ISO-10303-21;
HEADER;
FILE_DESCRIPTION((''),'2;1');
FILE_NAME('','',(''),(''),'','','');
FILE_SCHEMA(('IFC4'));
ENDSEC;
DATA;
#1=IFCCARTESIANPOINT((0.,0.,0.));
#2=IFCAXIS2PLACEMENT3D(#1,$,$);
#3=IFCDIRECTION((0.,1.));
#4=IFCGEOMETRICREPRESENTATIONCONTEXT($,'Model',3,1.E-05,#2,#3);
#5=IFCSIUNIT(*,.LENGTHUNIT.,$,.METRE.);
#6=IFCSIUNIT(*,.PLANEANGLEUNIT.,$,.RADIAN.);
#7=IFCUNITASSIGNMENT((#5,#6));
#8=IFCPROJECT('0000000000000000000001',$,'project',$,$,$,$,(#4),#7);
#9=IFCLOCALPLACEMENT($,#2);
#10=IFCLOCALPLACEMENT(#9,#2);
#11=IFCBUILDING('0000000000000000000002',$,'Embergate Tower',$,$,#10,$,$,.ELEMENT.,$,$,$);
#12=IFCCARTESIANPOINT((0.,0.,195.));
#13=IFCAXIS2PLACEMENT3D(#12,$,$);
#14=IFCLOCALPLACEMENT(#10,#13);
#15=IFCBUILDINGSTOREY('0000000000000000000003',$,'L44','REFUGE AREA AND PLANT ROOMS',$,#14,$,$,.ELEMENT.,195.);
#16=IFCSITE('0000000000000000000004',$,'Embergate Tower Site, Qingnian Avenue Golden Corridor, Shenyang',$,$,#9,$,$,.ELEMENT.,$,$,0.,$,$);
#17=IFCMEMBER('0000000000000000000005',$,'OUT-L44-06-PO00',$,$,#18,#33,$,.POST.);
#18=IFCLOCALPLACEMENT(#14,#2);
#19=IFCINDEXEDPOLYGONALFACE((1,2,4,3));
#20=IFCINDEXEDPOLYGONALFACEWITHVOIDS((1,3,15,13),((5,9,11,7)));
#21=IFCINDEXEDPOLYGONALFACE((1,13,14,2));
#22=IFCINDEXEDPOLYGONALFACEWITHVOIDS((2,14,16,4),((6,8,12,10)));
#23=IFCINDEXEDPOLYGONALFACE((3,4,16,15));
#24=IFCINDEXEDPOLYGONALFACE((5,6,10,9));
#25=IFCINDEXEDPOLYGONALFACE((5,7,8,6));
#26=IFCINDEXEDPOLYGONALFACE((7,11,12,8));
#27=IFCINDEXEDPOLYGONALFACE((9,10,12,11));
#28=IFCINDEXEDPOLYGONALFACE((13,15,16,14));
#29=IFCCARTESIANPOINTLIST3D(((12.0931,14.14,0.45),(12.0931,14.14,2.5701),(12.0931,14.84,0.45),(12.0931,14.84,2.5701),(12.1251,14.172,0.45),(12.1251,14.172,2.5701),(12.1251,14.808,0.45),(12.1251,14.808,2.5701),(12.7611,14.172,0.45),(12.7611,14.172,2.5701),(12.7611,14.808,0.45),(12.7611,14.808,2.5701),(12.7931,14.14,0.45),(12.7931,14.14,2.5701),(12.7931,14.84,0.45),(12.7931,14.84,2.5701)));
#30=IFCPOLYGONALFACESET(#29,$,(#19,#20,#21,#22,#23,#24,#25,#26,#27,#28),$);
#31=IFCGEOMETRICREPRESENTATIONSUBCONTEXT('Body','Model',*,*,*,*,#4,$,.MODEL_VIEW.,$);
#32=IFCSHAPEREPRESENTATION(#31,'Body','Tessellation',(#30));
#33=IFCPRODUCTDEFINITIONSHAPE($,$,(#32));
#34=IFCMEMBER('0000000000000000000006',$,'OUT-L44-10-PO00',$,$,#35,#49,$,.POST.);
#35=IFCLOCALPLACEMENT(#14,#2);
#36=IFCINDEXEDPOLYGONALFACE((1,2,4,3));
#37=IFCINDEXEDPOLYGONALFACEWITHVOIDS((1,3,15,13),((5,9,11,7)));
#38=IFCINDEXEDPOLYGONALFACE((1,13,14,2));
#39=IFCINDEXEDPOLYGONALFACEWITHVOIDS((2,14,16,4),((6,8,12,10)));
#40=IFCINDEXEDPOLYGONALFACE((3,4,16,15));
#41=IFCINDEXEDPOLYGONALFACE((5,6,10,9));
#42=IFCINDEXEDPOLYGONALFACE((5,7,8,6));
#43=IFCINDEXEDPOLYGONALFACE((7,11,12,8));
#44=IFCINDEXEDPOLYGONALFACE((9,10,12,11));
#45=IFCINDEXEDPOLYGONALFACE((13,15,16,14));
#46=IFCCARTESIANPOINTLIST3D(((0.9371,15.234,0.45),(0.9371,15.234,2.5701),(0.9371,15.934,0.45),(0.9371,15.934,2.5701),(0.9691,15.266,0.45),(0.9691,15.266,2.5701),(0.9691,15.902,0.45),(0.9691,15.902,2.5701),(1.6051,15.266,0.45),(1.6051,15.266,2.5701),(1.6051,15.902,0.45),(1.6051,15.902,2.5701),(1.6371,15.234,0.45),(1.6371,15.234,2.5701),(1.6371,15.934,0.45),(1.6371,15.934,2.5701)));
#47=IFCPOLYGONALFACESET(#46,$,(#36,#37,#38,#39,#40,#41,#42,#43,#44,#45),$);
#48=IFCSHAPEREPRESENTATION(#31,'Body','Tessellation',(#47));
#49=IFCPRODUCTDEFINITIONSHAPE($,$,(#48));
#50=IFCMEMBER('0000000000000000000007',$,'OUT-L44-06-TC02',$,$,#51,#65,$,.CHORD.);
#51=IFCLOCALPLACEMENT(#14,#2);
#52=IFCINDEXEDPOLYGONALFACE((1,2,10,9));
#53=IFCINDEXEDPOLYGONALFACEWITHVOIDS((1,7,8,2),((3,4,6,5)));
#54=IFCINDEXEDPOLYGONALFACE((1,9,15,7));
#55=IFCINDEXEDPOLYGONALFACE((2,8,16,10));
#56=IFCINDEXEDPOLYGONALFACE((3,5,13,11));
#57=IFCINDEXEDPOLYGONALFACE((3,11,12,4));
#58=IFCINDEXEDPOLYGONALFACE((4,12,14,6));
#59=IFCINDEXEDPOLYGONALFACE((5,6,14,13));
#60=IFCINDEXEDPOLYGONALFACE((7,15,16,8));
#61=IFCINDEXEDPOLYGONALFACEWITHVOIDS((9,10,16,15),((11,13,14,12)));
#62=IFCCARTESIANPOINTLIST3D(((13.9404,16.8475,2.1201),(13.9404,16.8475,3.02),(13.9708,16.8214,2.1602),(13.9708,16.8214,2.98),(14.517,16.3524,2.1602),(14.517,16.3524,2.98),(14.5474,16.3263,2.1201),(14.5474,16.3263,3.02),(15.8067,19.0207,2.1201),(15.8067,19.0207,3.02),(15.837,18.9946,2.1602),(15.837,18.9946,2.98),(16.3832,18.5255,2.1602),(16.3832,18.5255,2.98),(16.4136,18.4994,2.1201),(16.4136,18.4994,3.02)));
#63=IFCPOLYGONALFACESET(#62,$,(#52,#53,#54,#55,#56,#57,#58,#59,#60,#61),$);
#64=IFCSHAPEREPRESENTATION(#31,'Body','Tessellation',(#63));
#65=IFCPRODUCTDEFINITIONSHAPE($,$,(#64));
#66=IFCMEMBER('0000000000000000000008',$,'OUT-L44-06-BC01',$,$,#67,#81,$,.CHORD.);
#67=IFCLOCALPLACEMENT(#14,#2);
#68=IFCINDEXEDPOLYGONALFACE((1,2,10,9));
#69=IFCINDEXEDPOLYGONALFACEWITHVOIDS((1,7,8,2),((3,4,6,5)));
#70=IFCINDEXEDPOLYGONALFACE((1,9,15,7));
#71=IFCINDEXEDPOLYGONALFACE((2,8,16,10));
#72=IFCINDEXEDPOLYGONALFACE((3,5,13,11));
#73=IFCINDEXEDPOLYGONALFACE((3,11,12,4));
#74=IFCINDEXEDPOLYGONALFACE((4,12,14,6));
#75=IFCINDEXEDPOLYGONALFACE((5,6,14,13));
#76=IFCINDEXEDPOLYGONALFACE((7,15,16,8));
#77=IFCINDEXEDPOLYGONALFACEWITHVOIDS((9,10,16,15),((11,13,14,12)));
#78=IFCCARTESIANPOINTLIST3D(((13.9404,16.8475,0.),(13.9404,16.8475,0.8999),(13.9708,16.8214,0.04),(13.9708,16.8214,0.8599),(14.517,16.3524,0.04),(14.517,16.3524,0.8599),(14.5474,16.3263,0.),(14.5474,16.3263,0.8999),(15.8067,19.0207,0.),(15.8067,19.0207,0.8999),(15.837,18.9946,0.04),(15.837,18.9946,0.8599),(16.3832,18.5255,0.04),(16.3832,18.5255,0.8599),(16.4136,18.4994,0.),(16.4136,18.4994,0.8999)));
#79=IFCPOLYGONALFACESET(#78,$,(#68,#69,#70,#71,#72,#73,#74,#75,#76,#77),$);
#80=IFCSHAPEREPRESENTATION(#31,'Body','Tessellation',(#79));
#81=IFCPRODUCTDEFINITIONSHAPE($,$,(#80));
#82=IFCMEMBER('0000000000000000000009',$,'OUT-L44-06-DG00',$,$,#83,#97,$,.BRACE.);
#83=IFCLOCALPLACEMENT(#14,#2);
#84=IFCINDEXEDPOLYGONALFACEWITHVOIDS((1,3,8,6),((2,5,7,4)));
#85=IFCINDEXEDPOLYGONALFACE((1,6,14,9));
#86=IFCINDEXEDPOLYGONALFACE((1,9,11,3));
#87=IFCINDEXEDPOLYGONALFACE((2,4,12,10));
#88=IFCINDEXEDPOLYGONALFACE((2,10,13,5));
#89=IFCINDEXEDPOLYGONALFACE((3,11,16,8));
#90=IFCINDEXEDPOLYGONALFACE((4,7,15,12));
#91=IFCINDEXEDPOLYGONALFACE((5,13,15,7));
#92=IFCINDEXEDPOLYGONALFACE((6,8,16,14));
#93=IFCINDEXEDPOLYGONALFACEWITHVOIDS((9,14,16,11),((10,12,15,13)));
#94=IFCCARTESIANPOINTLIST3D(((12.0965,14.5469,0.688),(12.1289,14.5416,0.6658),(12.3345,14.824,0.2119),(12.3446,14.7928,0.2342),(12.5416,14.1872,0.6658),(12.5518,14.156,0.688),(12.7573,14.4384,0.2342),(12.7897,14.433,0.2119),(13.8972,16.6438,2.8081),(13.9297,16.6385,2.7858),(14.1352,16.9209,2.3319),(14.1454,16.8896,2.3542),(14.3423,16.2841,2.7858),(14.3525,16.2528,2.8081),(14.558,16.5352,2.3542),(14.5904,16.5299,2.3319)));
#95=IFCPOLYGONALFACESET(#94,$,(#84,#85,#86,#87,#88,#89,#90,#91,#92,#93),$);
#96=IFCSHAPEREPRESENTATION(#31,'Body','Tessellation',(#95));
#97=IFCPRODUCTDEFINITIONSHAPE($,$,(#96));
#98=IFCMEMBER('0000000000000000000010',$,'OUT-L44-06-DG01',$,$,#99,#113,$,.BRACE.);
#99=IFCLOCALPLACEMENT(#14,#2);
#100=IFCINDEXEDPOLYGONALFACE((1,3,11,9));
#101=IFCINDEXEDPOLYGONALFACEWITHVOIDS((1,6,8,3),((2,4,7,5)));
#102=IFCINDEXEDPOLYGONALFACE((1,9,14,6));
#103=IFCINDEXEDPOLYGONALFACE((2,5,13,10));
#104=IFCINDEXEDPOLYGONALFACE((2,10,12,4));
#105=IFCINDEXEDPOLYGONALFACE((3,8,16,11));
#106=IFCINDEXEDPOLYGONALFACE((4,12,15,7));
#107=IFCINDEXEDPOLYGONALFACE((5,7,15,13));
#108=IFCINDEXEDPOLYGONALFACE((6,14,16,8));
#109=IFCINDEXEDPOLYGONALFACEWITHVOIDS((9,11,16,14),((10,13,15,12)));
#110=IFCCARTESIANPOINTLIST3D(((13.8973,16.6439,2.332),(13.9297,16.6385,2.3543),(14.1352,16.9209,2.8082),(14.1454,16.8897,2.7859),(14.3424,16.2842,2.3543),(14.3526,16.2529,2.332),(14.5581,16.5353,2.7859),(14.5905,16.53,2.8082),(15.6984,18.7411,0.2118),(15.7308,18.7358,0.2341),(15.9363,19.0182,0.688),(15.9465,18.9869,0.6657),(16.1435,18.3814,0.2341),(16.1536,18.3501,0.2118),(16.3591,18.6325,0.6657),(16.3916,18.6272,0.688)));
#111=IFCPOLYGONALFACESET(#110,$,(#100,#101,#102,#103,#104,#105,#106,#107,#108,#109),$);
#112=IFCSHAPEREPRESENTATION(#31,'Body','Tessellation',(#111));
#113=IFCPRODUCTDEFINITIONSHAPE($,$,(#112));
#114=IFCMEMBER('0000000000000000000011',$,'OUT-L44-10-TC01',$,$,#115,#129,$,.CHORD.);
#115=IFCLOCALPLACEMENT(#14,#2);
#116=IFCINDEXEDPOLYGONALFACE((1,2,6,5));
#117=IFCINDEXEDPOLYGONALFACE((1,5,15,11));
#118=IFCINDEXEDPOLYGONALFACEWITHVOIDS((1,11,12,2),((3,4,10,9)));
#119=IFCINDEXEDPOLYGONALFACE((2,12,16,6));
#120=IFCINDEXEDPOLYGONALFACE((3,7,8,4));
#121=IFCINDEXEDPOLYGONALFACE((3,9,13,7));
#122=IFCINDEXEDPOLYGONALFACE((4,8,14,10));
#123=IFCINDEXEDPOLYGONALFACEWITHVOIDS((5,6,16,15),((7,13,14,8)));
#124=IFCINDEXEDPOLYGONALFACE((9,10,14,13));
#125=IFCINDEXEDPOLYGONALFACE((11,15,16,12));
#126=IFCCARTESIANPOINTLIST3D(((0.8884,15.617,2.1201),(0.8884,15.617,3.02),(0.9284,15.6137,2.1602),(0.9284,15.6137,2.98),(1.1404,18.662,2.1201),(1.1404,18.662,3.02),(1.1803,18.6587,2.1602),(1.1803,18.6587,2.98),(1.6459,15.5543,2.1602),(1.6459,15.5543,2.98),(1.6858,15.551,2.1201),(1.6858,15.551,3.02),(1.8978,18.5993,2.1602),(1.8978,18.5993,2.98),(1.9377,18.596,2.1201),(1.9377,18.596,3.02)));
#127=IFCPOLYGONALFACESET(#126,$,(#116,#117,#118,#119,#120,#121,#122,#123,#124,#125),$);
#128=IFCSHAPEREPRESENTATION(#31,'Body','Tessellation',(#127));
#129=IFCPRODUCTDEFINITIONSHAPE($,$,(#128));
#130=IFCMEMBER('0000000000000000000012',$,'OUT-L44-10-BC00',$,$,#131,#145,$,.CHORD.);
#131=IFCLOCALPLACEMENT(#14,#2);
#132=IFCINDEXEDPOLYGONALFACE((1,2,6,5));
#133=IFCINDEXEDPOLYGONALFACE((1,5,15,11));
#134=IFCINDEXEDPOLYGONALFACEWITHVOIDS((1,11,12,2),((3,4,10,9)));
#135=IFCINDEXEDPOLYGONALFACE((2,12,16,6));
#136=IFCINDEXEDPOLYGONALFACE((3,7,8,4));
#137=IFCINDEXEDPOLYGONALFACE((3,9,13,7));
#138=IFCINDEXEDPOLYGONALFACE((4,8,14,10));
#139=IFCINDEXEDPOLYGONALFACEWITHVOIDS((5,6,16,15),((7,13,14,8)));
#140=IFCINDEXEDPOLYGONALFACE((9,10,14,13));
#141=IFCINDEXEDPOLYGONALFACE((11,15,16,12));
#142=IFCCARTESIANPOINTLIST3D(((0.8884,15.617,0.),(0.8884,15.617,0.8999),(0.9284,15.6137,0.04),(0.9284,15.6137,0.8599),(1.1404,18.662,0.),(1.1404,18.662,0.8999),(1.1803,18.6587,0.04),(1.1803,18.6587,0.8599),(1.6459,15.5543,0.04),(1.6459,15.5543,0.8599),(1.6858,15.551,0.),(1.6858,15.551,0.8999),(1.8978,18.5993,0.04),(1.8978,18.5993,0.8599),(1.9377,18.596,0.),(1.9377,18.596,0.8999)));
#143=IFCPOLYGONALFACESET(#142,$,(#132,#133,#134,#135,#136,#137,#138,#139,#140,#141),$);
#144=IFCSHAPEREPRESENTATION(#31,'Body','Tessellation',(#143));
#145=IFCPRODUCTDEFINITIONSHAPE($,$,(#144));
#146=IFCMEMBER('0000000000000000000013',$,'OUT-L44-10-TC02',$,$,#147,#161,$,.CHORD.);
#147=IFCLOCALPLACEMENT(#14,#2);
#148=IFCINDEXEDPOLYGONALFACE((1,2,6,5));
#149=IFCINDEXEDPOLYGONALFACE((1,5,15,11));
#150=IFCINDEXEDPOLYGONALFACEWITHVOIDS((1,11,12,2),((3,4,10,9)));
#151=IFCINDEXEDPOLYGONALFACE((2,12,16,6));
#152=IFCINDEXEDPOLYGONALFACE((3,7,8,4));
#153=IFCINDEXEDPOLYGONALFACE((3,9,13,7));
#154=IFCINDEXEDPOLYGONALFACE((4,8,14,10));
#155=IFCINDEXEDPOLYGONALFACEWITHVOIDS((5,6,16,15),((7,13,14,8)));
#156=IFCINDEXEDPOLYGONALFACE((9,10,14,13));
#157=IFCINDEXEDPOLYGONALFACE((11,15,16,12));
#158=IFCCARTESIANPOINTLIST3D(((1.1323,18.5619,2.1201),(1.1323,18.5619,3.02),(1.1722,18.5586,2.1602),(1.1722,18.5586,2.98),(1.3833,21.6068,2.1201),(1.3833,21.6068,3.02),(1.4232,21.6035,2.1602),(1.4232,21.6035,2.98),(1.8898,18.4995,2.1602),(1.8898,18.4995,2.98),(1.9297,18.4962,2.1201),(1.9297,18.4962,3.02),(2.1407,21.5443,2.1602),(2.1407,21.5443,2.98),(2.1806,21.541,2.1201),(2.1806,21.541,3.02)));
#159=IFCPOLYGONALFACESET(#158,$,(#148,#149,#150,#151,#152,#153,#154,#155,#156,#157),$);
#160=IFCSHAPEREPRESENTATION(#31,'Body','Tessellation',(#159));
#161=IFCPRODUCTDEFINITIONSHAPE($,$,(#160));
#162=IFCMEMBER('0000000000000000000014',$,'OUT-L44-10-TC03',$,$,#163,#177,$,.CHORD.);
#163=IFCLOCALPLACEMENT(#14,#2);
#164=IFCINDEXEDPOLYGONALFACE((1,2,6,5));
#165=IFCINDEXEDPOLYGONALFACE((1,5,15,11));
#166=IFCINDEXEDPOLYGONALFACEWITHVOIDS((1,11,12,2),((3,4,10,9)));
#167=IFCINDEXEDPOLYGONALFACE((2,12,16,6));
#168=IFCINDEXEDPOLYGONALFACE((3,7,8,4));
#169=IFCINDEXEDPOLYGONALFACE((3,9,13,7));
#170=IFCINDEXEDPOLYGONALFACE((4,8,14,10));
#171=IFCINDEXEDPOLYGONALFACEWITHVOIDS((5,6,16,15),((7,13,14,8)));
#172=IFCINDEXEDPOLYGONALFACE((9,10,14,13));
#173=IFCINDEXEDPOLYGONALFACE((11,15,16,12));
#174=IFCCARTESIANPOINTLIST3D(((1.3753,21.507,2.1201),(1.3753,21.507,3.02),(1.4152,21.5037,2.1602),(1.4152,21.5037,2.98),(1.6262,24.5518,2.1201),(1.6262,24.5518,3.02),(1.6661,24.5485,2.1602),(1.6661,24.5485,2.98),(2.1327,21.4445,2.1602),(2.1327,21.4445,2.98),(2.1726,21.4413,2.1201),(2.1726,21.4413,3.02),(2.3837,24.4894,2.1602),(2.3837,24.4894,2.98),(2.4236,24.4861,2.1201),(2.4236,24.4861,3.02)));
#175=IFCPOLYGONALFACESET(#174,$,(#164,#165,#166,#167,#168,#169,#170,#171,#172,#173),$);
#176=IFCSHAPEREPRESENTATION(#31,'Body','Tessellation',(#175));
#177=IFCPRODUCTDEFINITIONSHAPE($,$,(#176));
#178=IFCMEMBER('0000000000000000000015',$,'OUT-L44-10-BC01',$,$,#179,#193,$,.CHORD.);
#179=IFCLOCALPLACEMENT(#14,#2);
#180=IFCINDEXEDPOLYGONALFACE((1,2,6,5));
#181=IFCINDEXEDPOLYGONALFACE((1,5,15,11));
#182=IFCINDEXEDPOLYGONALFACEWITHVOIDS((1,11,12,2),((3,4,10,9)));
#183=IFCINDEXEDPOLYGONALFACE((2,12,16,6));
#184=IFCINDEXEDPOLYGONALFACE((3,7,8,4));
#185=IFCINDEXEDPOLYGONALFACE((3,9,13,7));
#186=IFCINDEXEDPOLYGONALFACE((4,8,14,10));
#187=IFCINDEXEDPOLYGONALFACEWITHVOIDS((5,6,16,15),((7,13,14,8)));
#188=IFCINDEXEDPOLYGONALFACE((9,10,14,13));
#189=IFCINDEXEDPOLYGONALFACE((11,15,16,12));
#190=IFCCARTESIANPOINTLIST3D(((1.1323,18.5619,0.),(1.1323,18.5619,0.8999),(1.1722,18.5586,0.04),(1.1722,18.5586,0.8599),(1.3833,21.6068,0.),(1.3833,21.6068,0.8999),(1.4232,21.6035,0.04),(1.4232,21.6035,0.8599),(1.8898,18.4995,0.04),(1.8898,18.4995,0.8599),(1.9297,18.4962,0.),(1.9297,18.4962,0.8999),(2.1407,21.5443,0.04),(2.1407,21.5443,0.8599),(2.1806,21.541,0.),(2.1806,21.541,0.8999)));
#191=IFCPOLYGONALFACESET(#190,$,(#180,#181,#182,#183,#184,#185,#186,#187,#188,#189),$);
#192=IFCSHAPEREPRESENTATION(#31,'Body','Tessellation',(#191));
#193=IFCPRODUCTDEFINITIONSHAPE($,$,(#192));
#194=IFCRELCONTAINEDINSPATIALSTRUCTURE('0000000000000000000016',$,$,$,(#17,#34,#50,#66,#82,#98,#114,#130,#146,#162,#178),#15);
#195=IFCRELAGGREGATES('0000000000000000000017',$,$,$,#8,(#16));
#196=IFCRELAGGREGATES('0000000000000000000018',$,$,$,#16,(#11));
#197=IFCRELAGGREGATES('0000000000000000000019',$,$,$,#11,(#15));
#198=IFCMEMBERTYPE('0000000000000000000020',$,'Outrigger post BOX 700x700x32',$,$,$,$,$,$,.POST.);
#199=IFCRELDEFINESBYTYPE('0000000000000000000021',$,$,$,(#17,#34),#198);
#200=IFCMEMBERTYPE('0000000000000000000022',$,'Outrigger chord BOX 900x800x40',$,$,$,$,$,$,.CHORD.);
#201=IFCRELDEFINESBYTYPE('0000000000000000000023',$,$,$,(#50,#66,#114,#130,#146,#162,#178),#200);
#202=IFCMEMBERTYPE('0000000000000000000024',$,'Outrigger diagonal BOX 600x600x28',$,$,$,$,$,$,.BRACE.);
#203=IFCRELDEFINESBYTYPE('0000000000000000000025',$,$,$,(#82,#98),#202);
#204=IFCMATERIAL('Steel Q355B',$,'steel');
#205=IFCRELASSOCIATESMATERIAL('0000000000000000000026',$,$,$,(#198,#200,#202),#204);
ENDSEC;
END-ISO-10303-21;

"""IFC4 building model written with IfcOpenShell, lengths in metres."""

from ifc_helpers import new_model, si_unit, direction, frame, origin, origin_2d, place, context, subcontext, project, spatial, hollow_rectangle, extrude, source, transform, mapped, material, material_profile, profile_set, type_object, element, save


model = new_model("IFC4")

# Units and contexts
model_context = context("Model", 3, precision=1e-05, world=origin(), true_north=direction((0.0, 1.0)))
body_context = subcontext(model_context, "Body", "Model", "MODEL_VIEW")
ifc_project = project(units=[si_unit("LENGTHUNIT", "METRE"), si_unit("PLANEANGLEUNIT", "RADIAN")], contexts=[model_context])

# Site, building, storey
site_placement = place(None, origin())
site = spatial("IfcSite", under=ifc_project, at=site_placement, Name="Embergate Tower Site, Qingnian Avenue Golden Corridor, Shenyang", CompositionType="ELEMENT", RefElevation=0.0)
building_placement = place(site_placement, origin())
building = spatial("IfcBuilding", under=site, at=building_placement, Name="Embergate Tower", CompositionType="ELEMENT")
storey_placement = place(building_placement, frame((0.0, 0.0, 195.0)))
storey = spatial("IfcBuildingStorey", under=building, at=storey_placement, Name="L44", Description="REFUGE AREA AND PLANT ROOMS", CompositionType="ELEMENT", Elevation=195.0)

# Members
ifc_material = material(Name="Steel Q355B", Category="steel")
ifc_material_profile_1 = material_profile(ifc_material, hollow_rectangle(XDim=0.7, YDim=0.7, WallThickness=0.032, at=origin_2d()), Name="BOX 700x700x32")
ifc_profile_set_1 = profile_set([ifc_material_profile_1], Name="Steel Q355 grade B")
member_type_1 = type_object("IfcMemberType", Name="Outrigger post BOX 700x700x32", PredefinedType="POST", material=ifc_profile_set_1)
shared_shape_1 = source(origin(), body_context, "Body", "SweptSolid", [
    extrude(hollow_rectangle(XDim=0.7, YDim=0.7, WallThickness=0.032, at=origin_2d()), origin(), (0.0, 0.0, 1.0), 2.1201),
])
for number, where, z_axis, x_axis, name in (
    (1, (12.4431, 14.49, 0.45), (0.0, 0.0, 1.0), (1.0, 0.0, 0.0), "OUT-L44-06-PO00"),
    (2, (1.2871, 15.584, 0.45), (0.0, 0.0, 1.0), (1.0, 0.0, 0.0), "OUT-L44-10-PO00"),
):
    element("IfcMember", number, at=place(storey_placement, frame(where, z_axis=z_axis, x_axis=x_axis)), inside=storey, type_object=member_type_1, Name=name, PredefinedType="POST", context=body_context, shape_type="MappedRepresentation", body=[
        mapped(shared_shape_1, transform((0.0, 0.0, 0.0))),
    ])
ifc_material_profile_2 = material_profile(ifc_material, hollow_rectangle(XDim=0.8, YDim=0.8999, WallThickness=0.04, at=origin_2d()), Name="BOX 900x800x40")
ifc_profile_set_2 = profile_set([ifc_material_profile_2], Name="Steel Q355 grade B")
member_type_2 = type_object("IfcMemberType", Name="Outrigger chord BOX 900x800x40", PredefinedType="CHORD", material=ifc_profile_set_2)
shared_shape_2 = source(origin(), body_context, "Body", "SweptSolid", [
    extrude(hollow_rectangle(XDim=0.8, YDim=0.8999, WallThickness=0.04, at=origin_2d()), origin(), (0.0, 0.0, 1.0), 2.8645),
])
for number, where, z_axis, x_axis, name in (
    (3, (14.2439, 16.5869, 2.5701), (0.651507, 0.758643, 0.0), (-0.758643, 0.651507, 0.0), "OUT-L44-06-TC02"),
    (4, (14.2439, 16.5869, 0.45), (0.651507, 0.758643, 0.0), (-0.758643, 0.651507, 0.0), "OUT-L44-06-BC01"),
):
    element("IfcMember", number, at=place(storey_placement, frame(where, z_axis=z_axis, x_axis=x_axis)), inside=storey, type_object=member_type_2, Name=name, PredefinedType="CHORD", context=body_context, shape_type="MappedRepresentation", body=[
        mapped(shared_shape_2, transform((0.0, 0.0, 0.0))),
    ])
ifc_material_profile_3 = material_profile(ifc_material, hollow_rectangle(XDim=0.6001, YDim=0.6001, WallThickness=0.0281, at=origin_2d()), Name="BOX 600x600x28")
ifc_profile_set_3 = profile_set([ifc_material_profile_3], Name="Steel Q355 grade B")
member_type_3 = type_object("IfcMemberType", Name="Outrigger diagonal BOX 600x600x28", PredefinedType="BRACE", material=ifc_profile_set_3)
shared_shape_3 = source(origin(), body_context, "Body", "SweptSolid", [
    extrude(hollow_rectangle(XDim=0.6001, YDim=0.6001, WallThickness=0.0281, at=origin_2d()), origin(), (0.0, 0.0, 1.0), 3.4834),
])
member_1_placement = place(storey_placement, frame((12.4431, 14.49, 0.45), z_axis=(0.516945, 0.601958, 0.608616), x_axis=(-0.758645, 0.651504, 0.0)))
element("IfcMember", 5, at=member_1_placement, inside=storey, type_object=member_type_3, Name="OUT-L44-06-DG00", PredefinedType="BRACE", context=body_context, shape_type="MappedRepresentation", body=[
    mapped(shared_shape_3, transform((0.0, 0.0, 0.0))),
])
shared_shape_4 = source(origin(), body_context, "Body", "SweptSolid", [
    extrude(hollow_rectangle(XDim=0.6001, YDim=0.6001, WallThickness=0.0281, at=origin_2d()), origin(), (0.0, 0.0, 1.0), 3.4839),
])
member_2_placement = place(storey_placement, frame((14.2439, 16.5869, 2.5701), z_axis=(0.516975, 0.601981, -0.608569), x_axis=(-0.758639, 0.651511, 0.0)))
element("IfcMember", 6, at=member_2_placement, inside=storey, type_object=member_type_3, Name="OUT-L44-06-DG01", PredefinedType="BRACE", context=body_context, shape_type="MappedRepresentation", body=[
    mapped(shared_shape_4, transform((0.0, 0.0, 0.0))),
])
shared_shape_5 = source(origin(), body_context, "Body", "SweptSolid", [
    extrude(hollow_rectangle(XDim=0.8, YDim=0.8999, WallThickness=0.04, at=origin_2d()), origin(), (0.0, 0.0, 1.0), 3.0554),
])
for number, where, z_axis, x_axis, name in (
    (7, (1.2871, 15.584, 2.5701), (0.082464, 0.996594, 0.0), (-0.996594, 0.082464, 0.0), "OUT-L44-10-TC01"),
    (8, (1.2871, 15.584, 0.45), (0.082464, 0.996594, 0.0), (-0.996594, 0.082464, 0.0), "OUT-L44-10-BC00"),
):
    element("IfcMember", number, at=place(storey_placement, frame(where, z_axis=z_axis, x_axis=x_axis)), inside=storey, type_object=member_type_2, Name=name, PredefinedType="CHORD", context=body_context, shape_type="MappedRepresentation", body=[
        mapped(shared_shape_5, transform((0.0, 0.0, 0.0))),
    ])
shared_shape_6 = source(origin(), body_context, "Body", "SweptSolid", [
    extrude(hollow_rectangle(XDim=0.8, YDim=0.8999, WallThickness=0.04, at=origin_2d()), origin(), (0.0, 0.0, 1.0), 3.0552),
])
for number, where, z_axis, x_axis, name in (
    (9, (1.531, 18.5291, 2.5701), (0.082146, 0.99662, 0.0), (-0.99662, 0.082146, 0.0), "OUT-L44-10-TC02"),
    (10, (1.7739, 21.4741, 2.5701), (0.082146, 0.99662, 0.0), (-0.99662, 0.082146, 0.0), "OUT-L44-10-TC03"),
    (11, (1.531, 18.5291, 0.45), (0.082146, 0.99662, 0.0), (-0.99662, 0.082146, 0.0), "OUT-L44-10-BC01"),
):
    element("IfcMember", number, at=place(storey_placement, frame(where, z_axis=z_axis, x_axis=x_axis)), inside=storey, type_object=member_type_2, Name=name, PredefinedType="CHORD", context=body_context, shape_type="MappedRepresentation", body=[
        mapped(shared_shape_6, transform((0.0, 0.0, 0.0))),
    ])

save(model, "model.ifc")
